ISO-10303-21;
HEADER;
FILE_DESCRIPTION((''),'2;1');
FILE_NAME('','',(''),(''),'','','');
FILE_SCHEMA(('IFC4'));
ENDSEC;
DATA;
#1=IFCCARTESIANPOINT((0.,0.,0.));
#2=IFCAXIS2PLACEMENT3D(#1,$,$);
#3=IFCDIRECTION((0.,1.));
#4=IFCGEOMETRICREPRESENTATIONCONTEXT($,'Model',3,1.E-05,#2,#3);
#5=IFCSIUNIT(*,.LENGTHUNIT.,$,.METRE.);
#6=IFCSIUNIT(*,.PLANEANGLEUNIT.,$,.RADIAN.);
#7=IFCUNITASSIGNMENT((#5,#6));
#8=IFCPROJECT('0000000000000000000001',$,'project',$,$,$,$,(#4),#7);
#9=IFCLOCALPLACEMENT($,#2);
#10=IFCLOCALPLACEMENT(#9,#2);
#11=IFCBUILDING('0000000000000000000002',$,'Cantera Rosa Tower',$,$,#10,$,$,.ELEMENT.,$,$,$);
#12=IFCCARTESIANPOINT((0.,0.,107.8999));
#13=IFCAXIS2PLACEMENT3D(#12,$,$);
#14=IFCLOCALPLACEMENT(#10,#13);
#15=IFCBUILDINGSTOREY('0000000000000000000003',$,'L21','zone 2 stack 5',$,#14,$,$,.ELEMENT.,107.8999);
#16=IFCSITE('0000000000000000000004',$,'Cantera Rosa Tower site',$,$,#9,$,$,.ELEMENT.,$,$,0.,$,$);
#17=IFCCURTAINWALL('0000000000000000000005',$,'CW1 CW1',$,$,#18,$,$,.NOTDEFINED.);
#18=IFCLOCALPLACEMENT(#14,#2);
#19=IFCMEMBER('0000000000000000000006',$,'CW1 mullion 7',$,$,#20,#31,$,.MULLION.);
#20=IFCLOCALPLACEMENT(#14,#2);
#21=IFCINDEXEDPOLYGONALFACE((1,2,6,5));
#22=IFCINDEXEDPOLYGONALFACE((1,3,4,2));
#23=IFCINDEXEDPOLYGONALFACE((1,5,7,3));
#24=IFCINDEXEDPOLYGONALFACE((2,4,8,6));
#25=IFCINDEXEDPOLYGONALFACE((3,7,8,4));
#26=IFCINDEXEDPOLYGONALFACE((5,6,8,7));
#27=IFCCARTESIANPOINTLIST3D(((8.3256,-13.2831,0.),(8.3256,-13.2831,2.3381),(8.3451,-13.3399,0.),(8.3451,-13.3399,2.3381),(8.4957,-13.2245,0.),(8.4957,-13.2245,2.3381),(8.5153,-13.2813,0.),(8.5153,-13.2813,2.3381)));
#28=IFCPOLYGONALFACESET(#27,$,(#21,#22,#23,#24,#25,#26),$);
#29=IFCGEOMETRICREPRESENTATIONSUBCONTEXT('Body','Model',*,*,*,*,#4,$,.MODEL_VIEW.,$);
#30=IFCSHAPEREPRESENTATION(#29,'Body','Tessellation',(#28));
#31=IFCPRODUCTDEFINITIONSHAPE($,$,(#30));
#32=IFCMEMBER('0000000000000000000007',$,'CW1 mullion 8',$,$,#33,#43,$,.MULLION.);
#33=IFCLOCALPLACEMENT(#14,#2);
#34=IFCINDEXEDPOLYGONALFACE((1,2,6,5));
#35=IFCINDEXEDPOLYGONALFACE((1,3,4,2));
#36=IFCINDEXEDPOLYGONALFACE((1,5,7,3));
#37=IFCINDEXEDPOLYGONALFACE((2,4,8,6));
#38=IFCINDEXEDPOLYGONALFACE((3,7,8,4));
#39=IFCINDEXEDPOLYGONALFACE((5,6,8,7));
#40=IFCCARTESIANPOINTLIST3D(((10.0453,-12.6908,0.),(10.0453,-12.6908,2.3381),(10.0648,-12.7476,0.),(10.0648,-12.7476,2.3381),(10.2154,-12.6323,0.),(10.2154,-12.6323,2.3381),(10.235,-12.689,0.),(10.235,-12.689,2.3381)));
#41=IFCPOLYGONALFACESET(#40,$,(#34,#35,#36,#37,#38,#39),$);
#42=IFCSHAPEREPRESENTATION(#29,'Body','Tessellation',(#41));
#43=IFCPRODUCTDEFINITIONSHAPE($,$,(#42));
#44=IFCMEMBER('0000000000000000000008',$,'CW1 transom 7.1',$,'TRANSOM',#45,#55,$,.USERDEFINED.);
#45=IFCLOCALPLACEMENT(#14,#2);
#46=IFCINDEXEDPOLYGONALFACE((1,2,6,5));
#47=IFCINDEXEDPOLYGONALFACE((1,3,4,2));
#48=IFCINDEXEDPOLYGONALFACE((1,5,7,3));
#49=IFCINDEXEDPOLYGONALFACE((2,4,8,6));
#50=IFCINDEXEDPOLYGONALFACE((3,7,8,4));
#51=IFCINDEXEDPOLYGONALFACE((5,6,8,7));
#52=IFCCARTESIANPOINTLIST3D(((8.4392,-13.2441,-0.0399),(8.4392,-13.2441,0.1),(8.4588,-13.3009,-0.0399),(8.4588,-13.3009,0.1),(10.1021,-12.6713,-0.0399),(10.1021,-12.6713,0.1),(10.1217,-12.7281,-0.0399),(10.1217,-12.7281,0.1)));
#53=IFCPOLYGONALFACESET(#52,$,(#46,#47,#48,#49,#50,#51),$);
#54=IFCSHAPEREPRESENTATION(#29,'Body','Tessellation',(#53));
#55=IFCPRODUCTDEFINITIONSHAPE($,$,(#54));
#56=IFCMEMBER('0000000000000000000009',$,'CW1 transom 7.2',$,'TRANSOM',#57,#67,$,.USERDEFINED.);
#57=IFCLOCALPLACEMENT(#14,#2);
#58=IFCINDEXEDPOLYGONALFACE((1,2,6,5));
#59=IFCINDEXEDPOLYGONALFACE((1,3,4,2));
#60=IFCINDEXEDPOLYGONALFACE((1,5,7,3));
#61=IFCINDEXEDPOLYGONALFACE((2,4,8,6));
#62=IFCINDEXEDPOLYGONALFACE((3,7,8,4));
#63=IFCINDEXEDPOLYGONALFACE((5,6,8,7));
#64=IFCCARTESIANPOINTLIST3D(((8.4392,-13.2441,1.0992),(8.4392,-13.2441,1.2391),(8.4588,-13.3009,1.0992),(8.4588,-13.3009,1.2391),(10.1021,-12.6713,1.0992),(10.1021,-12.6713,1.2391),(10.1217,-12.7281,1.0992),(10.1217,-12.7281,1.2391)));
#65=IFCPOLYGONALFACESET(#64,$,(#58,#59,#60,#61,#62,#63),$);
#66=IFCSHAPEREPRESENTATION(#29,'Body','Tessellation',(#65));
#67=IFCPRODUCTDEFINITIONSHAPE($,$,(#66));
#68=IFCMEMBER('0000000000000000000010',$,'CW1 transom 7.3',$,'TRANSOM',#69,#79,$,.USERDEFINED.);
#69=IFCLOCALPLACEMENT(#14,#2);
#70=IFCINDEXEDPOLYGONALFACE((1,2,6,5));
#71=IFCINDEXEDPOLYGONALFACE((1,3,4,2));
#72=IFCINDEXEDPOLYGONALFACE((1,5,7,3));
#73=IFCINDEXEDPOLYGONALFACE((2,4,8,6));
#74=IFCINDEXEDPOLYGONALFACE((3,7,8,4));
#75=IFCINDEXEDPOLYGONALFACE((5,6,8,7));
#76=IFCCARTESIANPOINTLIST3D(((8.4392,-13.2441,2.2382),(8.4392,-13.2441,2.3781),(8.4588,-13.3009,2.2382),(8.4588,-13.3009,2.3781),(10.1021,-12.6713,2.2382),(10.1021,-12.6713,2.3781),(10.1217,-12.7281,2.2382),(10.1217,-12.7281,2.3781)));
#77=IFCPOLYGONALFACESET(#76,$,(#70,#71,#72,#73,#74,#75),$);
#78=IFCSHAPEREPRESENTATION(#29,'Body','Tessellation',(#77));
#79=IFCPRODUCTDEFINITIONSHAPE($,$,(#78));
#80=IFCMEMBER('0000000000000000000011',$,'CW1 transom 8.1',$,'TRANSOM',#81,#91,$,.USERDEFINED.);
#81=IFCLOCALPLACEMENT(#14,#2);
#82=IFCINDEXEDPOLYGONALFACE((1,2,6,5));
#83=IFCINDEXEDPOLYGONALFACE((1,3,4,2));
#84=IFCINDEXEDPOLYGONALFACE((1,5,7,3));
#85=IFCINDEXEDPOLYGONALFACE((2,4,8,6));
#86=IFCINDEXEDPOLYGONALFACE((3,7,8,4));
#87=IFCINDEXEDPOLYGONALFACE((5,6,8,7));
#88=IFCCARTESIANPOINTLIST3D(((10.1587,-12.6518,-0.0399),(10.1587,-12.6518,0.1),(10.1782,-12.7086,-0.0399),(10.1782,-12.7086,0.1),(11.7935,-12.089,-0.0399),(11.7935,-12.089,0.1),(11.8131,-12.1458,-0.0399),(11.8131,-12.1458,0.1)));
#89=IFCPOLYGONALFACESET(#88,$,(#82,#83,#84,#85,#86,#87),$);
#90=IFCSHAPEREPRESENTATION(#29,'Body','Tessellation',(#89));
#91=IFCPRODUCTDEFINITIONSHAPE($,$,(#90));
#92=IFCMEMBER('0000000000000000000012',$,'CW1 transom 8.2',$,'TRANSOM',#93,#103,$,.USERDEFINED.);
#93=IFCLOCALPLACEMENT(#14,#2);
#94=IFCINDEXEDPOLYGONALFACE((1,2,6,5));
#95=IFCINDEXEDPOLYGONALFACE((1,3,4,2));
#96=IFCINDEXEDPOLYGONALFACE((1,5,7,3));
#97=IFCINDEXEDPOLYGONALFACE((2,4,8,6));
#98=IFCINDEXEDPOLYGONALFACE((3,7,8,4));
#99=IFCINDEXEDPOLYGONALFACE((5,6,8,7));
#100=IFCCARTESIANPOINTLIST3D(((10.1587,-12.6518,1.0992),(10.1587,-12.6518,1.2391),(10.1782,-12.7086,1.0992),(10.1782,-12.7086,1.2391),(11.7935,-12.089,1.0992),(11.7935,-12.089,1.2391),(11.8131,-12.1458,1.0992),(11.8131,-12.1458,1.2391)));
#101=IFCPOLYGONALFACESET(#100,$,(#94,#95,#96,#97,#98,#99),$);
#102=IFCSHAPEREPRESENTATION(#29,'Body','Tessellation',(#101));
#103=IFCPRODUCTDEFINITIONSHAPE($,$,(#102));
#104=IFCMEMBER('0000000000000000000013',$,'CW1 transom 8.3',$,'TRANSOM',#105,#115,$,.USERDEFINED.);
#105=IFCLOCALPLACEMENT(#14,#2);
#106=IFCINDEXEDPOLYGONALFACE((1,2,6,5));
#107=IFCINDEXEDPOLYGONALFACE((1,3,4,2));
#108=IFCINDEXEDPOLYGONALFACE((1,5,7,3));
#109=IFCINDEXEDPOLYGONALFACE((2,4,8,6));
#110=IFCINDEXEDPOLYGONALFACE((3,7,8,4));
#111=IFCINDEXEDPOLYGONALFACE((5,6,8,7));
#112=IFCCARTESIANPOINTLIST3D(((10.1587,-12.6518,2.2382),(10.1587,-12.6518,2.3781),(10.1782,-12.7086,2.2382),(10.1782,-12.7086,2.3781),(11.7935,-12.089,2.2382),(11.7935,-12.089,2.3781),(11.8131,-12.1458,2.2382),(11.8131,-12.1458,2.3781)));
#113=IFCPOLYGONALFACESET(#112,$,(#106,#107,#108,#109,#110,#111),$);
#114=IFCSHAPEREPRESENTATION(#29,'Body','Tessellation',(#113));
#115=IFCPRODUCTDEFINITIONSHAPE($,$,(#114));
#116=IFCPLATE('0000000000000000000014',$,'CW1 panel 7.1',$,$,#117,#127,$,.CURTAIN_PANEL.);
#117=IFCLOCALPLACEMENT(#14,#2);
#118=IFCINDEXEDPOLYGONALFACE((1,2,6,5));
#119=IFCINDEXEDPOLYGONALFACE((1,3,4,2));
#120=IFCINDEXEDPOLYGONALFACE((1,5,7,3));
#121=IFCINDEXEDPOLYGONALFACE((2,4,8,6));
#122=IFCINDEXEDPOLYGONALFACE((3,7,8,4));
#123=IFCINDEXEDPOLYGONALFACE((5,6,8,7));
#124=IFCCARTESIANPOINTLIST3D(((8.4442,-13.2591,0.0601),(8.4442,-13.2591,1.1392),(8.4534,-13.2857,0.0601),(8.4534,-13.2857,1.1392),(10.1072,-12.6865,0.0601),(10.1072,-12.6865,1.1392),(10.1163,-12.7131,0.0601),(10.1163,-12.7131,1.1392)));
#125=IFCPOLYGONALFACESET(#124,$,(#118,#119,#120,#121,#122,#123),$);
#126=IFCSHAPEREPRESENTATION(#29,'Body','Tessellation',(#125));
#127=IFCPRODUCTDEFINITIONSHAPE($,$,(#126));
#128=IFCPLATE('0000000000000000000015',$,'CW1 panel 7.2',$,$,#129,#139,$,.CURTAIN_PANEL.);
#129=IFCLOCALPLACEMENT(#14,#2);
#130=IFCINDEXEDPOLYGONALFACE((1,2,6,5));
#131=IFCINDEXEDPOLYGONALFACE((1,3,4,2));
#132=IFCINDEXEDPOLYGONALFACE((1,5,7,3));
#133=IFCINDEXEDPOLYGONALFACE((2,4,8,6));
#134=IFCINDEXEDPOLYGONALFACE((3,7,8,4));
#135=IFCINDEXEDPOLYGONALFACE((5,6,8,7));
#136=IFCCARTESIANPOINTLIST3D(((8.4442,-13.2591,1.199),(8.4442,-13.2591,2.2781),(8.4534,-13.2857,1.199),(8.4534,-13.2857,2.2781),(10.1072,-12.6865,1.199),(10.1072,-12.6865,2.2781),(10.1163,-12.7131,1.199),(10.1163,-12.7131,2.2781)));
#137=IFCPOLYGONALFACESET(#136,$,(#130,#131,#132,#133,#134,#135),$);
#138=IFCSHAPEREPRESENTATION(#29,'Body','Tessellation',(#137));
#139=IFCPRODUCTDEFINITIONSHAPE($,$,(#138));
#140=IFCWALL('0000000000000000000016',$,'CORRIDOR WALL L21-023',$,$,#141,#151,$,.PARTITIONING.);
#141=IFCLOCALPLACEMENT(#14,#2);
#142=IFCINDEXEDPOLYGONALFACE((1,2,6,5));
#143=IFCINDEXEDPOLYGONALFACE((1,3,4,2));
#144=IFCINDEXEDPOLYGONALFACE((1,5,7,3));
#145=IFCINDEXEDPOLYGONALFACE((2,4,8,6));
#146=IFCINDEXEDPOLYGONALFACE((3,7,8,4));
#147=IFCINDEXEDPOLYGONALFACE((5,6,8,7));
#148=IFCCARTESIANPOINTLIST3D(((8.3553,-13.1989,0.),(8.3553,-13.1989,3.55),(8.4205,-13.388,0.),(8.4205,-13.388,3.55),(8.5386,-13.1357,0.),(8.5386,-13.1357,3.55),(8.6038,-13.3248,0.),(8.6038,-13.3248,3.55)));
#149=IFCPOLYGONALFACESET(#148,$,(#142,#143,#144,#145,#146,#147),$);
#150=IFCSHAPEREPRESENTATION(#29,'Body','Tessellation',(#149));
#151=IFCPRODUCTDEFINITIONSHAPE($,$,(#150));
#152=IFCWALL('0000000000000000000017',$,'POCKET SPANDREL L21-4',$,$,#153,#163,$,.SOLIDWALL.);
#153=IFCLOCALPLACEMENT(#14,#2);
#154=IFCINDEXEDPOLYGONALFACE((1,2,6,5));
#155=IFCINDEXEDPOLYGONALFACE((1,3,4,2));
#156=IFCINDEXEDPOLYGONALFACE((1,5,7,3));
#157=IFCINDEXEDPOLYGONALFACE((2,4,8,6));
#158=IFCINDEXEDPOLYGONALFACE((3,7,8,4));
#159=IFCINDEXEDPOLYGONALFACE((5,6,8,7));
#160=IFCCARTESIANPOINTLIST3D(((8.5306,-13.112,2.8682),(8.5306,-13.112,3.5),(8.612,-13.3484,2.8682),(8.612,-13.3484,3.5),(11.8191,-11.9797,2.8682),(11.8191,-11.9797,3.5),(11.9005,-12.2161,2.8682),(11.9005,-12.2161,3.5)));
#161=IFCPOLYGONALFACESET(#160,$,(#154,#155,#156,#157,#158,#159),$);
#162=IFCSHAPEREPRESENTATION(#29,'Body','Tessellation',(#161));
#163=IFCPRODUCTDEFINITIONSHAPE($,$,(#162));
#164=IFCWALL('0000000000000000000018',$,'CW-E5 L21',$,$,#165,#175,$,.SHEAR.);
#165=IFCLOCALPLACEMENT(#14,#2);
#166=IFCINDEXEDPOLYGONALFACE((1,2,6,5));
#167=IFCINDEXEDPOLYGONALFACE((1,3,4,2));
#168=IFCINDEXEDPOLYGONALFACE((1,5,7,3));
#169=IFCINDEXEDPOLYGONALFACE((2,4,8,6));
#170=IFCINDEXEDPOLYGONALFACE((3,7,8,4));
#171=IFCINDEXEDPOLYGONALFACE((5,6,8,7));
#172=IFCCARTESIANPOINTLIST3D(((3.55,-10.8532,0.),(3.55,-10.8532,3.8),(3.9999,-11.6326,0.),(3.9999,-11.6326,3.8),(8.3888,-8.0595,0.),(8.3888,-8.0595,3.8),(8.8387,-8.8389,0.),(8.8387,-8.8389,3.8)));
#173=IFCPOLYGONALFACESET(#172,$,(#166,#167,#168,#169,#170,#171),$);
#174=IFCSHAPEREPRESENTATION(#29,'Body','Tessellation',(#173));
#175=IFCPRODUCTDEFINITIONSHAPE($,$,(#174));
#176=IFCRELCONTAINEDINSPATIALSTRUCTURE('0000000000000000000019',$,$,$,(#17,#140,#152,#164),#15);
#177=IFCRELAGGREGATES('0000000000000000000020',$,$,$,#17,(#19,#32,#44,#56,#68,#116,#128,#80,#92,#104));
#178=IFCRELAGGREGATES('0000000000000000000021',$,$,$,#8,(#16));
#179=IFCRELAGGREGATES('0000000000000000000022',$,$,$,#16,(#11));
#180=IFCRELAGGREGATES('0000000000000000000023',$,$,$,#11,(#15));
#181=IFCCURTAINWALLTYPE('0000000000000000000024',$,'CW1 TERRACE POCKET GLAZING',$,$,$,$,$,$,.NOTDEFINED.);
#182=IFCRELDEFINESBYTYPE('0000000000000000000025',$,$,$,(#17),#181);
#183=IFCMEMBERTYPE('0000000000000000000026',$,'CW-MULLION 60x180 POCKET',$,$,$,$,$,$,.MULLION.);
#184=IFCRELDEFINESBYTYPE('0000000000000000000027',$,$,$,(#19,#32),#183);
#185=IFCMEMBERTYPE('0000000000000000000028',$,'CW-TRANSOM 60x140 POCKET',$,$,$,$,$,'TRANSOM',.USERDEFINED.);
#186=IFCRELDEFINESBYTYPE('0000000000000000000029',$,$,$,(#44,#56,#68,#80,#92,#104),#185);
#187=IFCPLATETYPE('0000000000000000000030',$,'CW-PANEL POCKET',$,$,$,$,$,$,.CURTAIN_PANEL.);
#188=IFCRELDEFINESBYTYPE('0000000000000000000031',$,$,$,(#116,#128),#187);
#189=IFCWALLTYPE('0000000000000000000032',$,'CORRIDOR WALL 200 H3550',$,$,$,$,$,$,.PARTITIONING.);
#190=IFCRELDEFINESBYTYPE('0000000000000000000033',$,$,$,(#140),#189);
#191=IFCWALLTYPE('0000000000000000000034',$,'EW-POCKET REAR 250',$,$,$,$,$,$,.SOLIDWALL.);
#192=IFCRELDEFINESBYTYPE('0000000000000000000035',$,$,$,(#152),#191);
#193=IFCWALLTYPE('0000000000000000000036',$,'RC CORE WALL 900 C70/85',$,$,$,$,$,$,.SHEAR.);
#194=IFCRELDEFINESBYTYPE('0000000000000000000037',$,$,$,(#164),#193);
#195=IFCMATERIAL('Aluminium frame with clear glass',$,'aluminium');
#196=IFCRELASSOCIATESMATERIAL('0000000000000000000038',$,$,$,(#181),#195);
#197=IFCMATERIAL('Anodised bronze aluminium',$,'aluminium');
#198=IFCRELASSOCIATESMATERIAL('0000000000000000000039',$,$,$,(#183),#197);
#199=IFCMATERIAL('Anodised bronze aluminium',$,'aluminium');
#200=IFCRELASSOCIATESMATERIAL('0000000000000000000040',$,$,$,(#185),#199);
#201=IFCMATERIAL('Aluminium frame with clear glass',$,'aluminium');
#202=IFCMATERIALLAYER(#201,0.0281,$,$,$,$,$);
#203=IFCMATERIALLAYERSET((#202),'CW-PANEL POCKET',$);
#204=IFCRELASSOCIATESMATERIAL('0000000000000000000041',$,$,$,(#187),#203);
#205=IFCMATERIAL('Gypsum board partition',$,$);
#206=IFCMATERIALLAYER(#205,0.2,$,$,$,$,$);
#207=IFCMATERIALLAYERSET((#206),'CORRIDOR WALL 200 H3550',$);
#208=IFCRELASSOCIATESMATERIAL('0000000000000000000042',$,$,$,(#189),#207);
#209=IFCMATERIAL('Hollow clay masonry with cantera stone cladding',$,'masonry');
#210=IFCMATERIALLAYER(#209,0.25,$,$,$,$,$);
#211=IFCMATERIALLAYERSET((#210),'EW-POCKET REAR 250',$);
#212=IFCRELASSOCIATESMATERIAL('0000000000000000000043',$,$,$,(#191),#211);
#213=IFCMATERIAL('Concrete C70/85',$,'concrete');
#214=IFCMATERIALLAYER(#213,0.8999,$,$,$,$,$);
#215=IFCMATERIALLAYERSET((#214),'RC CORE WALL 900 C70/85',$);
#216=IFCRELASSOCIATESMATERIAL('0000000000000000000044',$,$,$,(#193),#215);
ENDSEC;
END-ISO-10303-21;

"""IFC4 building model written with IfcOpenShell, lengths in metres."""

from ifc_helpers import new_model, si_unit, direction, frame, frame_2d, origin, origin_2d, place, context, subcontext, project, spatial, rectangle, extrude, material, layer, layer_set, material_profile, profile_set, type_object, element, aggregate, save


model = new_model("IFC4")

# Units and contexts
model_context = context("Model", 3, precision=1e-05, world=origin(), true_north=direction((0.0, 1.0)))
body_context = subcontext(model_context, "Body", "Model", "MODEL_VIEW")
ifc_project = project(units=[si_unit("LENGTHUNIT", "METRE"), si_unit("PLANEANGLEUNIT", "RADIAN")], contexts=[model_context])

# Site, building, storey
site_placement = place(None, origin())
site = spatial("IfcSite", under=ifc_project, at=site_placement, Name="Cantera Rosa Tower site", CompositionType="ELEMENT", RefElevation=0.0)
building_placement = place(site_placement, origin())
building = spatial("IfcBuilding", under=site, at=building_placement, Name="Cantera Rosa Tower", CompositionType="ELEMENT")
storey_placement = place(building_placement, frame((0.0, 0.0, 107.8999)))
storey = spatial("IfcBuildingStorey", under=building, at=storey_placement, Name="L21", Description="zone 2 stack 5", CompositionType="ELEMENT", Elevation=107.8999)

# Curtain wall, members, plates
ifc_material_1 = material(Name="Aluminium frame with clear glass", Category="aluminium")
curtain_wall_type = type_object("IfcCurtainWallType", Name="CW1 TERRACE POCKET GLAZING", PredefinedType="NOTDEFINED", material=ifc_material_1)
curtain_wall_placement = place(storey_placement, origin())
curtain_wall = element("IfcCurtainWall", 1, at=curtain_wall_placement, inside=storey, type_object=curtain_wall_type, Name="CW1 CW1", PredefinedType="NOTDEFINED")
ifc_material_2 = material(Name="Anodised bronze aluminium", Category="aluminium")
ifc_material_profile_1 = material_profile(ifc_material_2, rectangle(XDim=0.0601, YDim=0.1799, at=origin_2d()), Name="CW-MULLION 60x180 POCKET")
ifc_profile_set_1 = profile_set([ifc_material_profile_1], Name="Anodised bronze aluminium")
member_type_1 = type_object("IfcMemberType", Name="CW-MULLION 60x180 POCKET", PredefinedType="MULLION", material=ifc_profile_set_1)
member_1_placement = place(storey_placement, frame((8.4204, -13.2822, 0.0), z_axis=(0.0, 0.0, 1.0), x_axis=(-0.325568, 0.945519, 0.0)))
member_1 = element("IfcMember", 2, at=member_1_placement, type_object=member_type_1, Name="CW1 mullion 7", PredefinedType="MULLION", context=body_context, shape_type="SweptSolid", body=[
    extrude(rectangle(XDim=0.0601, YDim=0.1799, at=origin_2d()), origin(), (0.0, 0.0, 1.0), 2.3381),
])
member_2_placement = place(storey_placement, frame((10.1401, -12.6899, 0.0), z_axis=(0.0, 0.0, 1.0), x_axis=(-0.325568, 0.945519, 0.0)))
member_2 = element("IfcMember", 3, at=member_2_placement, type_object=member_type_1, Name="CW1 mullion 8", PredefinedType="MULLION", context=body_context, shape_type="SweptSolid", body=[
    extrude(rectangle(XDim=0.0601, YDim=0.1799, at=origin_2d()), origin(), (0.0, 0.0, 1.0), 2.3381),
])
ifc_material_3 = material(Name="Anodised bronze aluminium", Category="aluminium")
ifc_material_profile_2 = material_profile(ifc_material_3, rectangle(XDim=0.0601, YDim=0.1399, at=origin_2d()), Name="CW-TRANSOM 60x140 POCKET")
ifc_profile_set_2 = profile_set([ifc_material_profile_2], Name="Anodised bronze aluminium")
member_type_2 = type_object("IfcMemberType", Name="CW-TRANSOM 60x140 POCKET", ElementType="TRANSOM", PredefinedType="USERDEFINED", material=ifc_profile_set_2)
member_3_placement = place(storey_placement, frame((8.449, -13.2725, 0.03), z_axis=(0.945485, 0.325666, 0.0), x_axis=(-0.325666, 0.945485, 0.0)))
member_3 = element("IfcMember", 4, at=member_3_placement, type_object=member_type_2, Name="CW1 transom 7.1", ObjectType="TRANSOM", PredefinedType="USERDEFINED", context=body_context, shape_type="SweptSolid", body=[
    extrude(rectangle(XDim=0.0601, YDim=0.1399, at=origin_2d()), origin(), (0.0, 0.0, 1.0), 1.7588),
])
member_4_placement = place(storey_placement, frame((8.449, -13.2725, 1.1692), z_axis=(0.945485, 0.325666, 0.0), x_axis=(-0.325666, 0.945485, 0.0)))
member_4 = element("IfcMember", 5, at=member_4_placement, type_object=member_type_2, Name="CW1 transom 7.2", ObjectType="TRANSOM", PredefinedType="USERDEFINED", context=body_context, shape_type="SweptSolid", body=[
    extrude(rectangle(XDim=0.0601, YDim=0.1399, at=origin_2d()), origin(), (0.0, 0.0, 1.0), 1.7588),
])
member_5_placement = place(storey_placement, frame((8.449, -13.2725, 2.3081), z_axis=(0.945485, 0.325666, 0.0), x_axis=(-0.325666, 0.945485, 0.0)))
member_5 = element("IfcMember", 6, at=member_5_placement, type_object=member_type_2, Name="CW1 transom 7.3", ObjectType="TRANSOM", PredefinedType="USERDEFINED", context=body_context, shape_type="SweptSolid", body=[
    extrude(rectangle(XDim=0.0601, YDim=0.1399, at=origin_2d()), origin(), (0.0, 0.0, 1.0), 1.7588),
])
member_6_placement = place(storey_placement, frame((10.1685, -12.6802, 0.03), z_axis=(0.945545, 0.32549, 0.0), x_axis=(-0.32549, 0.945545, 0.0)))
member_6 = element("IfcMember", 7, at=member_6_placement, type_object=member_type_2, Name="CW1 transom 8.1", ObjectType="TRANSOM", PredefinedType="USERDEFINED", context=body_context, shape_type="SweptSolid", body=[
    extrude(rectangle(XDim=0.0601, YDim=0.1399, at=origin_2d()), origin(), (0.0, 0.0, 1.0), 1.729),
])
member_7_placement = place(storey_placement, frame((10.1685, -12.6802, 1.1692), z_axis=(0.945545, 0.32549, 0.0), x_axis=(-0.32549, 0.945545, 0.0)))
member_7 = element("IfcMember", 8, at=member_7_placement, type_object=member_type_2, Name="CW1 transom 8.2", ObjectType="TRANSOM", PredefinedType="USERDEFINED", context=body_context, shape_type="SweptSolid", body=[
    extrude(rectangle(XDim=0.0601, YDim=0.1399, at=origin_2d()), origin(), (0.0, 0.0, 1.0), 1.729),
])
member_8_placement = place(storey_placement, frame((10.1685, -12.6802, 2.3081), z_axis=(0.945545, 0.32549, 0.0), x_axis=(-0.32549, 0.945545, 0.0)))
member_8 = element("IfcMember", 9, at=member_8_placement, type_object=member_type_2, Name="CW1 transom 8.3", ObjectType="TRANSOM", PredefinedType="USERDEFINED", context=body_context, shape_type="SweptSolid", body=[
    extrude(rectangle(XDim=0.0601, YDim=0.1399, at=origin_2d()), origin(), (0.0, 0.0, 1.0), 1.729),
])
ifc_material_4 = material(Name="Aluminium frame with clear glass", Category="aluminium")
ifc_layer_1 = layer(ifc_material_4, 0.0281)
ifc_layer_set_1 = layer_set([ifc_layer_1], Name="CW-PANEL POCKET")
plate_type = type_object("IfcPlateType", Name="CW-PANEL POCKET", PredefinedType="CURTAIN_PANEL", material=ifc_layer_set_1)
plate_1_placement = place(storey_placement, frame((9.2803, -12.9861, 0.0601), z_axis=(0.0, 0.0, 1.0), x_axis=(0.945519, 0.325568, 0.0)))
plate_1 = element("IfcPlate", 10, at=plate_1_placement, type_object=plate_type, Name="CW1 panel 7.1", PredefinedType="CURTAIN_PANEL", context=body_context, shape_type="SweptSolid", body=[
    extrude(rectangle(XDim=1.7588, YDim=0.0281, at=origin_2d()), origin(), (0.0, 0.0, 1.0), 1.0791),
])
plate_2_placement = place(storey_placement, frame((9.2803, -12.9861, 1.199), z_axis=(0.0, 0.0, 1.0), x_axis=(0.945519, 0.325568, 0.0)))
plate_2 = element("IfcPlate", 11, at=plate_2_placement, type_object=plate_type, Name="CW1 panel 7.2", PredefinedType="CURTAIN_PANEL", context=body_context, shape_type="SweptSolid", body=[
    extrude(rectangle(XDim=1.7588, YDim=0.0281, at=origin_2d()), origin(), (0.0, 0.0, 1.0), 1.0791),
])
aggregate(curtain_wall, [member_1, member_2, member_3, member_4, member_5, plate_1, plate_2, member_6, member_7, member_8])

# Walls
ifc_material_5 = material(Name="Gypsum board partition")
ifc_layer_2 = layer(ifc_material_5, 0.2)
ifc_layer_set_2 = layer_set([ifc_layer_2], Name="CORRIDOR WALL 200 H3550")
wall_type_1 = type_object("IfcWallType", Name="CORRIDOR WALL 200 H3550", PredefinedType="PARTITIONING", material=ifc_layer_set_2)
wall_1_placement = place(storey_placement, frame((8.3879, -13.2935, 0.0), z_axis=(0.0, 0.0, 1.0), x_axis=(0.94536, 0.326029, 0.0)))
element("IfcWall", 12, at=wall_1_placement, inside=storey, type_object=wall_type_1, Name="CORRIDOR WALL L21-023", PredefinedType="PARTITIONING", context=body_context, shape_type="SweptSolid", body=[
    extrude(rectangle(XDim=0.1938, YDim=0.2, at=frame_2d((0.0969, 0.0))), origin(), (0.0, 0.0, 1.0), 3.55),
])
ifc_material_6 = material(Name="Hollow clay masonry with cantera stone cladding", Category="masonry")
ifc_layer_3 = layer(ifc_material_6, 0.25)
ifc_layer_set_3 = layer_set([ifc_layer_3], Name="EW-POCKET REAR 250")
wall_type_2 = type_object("IfcWallType", Name="EW-POCKET REAR 250", PredefinedType="SOLIDWALL", material=ifc_layer_set_3)
wall_2_placement = place(storey_placement, frame((8.5713, -13.2302, 2.8682), z_axis=(0.0, 0.0, 1.0), x_axis=(0.945521, 0.325562, 0.0)))
element("IfcWall", 13, at=wall_2_placement, inside=storey, type_object=wall_type_2, Name="POCKET SPANDREL L21-4", PredefinedType="SOLIDWALL", context=body_context, shape_type="SweptSolid", body=[
    extrude(rectangle(XDim=3.478, YDim=0.25, at=frame_2d((1.739, 0.0))), origin(), (0.0, 0.0, 1.0), 0.6318),
])
ifc_material_7 = material(Name="Concrete C70/85", Category="concrete")
ifc_layer_4 = layer(ifc_material_7, 0.8999)
ifc_layer_set_4 = layer_set([ifc_layer_4], Name="RC CORE WALL 900 C70/85")
wall_type_3 = type_object("IfcWallType", Name="RC CORE WALL 900 C70/85", PredefinedType="SHEAR", material=ifc_layer_set_4)
wall_3_placement = place(storey_placement, frame((8.6138, -8.4492, 0.0), z_axis=(0.0, 0.0, 1.0), x_axis=(-0.866027, -0.499997, 0.0)))
element("IfcWall", 14, at=wall_3_placement, inside=storey, type_object=wall_type_3, Name="CW-E5 L21", PredefinedType="SHEAR", context=body_context, shape_type="SweptSolid", body=[
    extrude(rectangle(XDim=5.5874, YDim=0.8999, at=frame_2d((2.7937, 0.0))), origin(), (0.0, 0.0, 1.0), 3.8),
])

save(model, "model.ifc")
